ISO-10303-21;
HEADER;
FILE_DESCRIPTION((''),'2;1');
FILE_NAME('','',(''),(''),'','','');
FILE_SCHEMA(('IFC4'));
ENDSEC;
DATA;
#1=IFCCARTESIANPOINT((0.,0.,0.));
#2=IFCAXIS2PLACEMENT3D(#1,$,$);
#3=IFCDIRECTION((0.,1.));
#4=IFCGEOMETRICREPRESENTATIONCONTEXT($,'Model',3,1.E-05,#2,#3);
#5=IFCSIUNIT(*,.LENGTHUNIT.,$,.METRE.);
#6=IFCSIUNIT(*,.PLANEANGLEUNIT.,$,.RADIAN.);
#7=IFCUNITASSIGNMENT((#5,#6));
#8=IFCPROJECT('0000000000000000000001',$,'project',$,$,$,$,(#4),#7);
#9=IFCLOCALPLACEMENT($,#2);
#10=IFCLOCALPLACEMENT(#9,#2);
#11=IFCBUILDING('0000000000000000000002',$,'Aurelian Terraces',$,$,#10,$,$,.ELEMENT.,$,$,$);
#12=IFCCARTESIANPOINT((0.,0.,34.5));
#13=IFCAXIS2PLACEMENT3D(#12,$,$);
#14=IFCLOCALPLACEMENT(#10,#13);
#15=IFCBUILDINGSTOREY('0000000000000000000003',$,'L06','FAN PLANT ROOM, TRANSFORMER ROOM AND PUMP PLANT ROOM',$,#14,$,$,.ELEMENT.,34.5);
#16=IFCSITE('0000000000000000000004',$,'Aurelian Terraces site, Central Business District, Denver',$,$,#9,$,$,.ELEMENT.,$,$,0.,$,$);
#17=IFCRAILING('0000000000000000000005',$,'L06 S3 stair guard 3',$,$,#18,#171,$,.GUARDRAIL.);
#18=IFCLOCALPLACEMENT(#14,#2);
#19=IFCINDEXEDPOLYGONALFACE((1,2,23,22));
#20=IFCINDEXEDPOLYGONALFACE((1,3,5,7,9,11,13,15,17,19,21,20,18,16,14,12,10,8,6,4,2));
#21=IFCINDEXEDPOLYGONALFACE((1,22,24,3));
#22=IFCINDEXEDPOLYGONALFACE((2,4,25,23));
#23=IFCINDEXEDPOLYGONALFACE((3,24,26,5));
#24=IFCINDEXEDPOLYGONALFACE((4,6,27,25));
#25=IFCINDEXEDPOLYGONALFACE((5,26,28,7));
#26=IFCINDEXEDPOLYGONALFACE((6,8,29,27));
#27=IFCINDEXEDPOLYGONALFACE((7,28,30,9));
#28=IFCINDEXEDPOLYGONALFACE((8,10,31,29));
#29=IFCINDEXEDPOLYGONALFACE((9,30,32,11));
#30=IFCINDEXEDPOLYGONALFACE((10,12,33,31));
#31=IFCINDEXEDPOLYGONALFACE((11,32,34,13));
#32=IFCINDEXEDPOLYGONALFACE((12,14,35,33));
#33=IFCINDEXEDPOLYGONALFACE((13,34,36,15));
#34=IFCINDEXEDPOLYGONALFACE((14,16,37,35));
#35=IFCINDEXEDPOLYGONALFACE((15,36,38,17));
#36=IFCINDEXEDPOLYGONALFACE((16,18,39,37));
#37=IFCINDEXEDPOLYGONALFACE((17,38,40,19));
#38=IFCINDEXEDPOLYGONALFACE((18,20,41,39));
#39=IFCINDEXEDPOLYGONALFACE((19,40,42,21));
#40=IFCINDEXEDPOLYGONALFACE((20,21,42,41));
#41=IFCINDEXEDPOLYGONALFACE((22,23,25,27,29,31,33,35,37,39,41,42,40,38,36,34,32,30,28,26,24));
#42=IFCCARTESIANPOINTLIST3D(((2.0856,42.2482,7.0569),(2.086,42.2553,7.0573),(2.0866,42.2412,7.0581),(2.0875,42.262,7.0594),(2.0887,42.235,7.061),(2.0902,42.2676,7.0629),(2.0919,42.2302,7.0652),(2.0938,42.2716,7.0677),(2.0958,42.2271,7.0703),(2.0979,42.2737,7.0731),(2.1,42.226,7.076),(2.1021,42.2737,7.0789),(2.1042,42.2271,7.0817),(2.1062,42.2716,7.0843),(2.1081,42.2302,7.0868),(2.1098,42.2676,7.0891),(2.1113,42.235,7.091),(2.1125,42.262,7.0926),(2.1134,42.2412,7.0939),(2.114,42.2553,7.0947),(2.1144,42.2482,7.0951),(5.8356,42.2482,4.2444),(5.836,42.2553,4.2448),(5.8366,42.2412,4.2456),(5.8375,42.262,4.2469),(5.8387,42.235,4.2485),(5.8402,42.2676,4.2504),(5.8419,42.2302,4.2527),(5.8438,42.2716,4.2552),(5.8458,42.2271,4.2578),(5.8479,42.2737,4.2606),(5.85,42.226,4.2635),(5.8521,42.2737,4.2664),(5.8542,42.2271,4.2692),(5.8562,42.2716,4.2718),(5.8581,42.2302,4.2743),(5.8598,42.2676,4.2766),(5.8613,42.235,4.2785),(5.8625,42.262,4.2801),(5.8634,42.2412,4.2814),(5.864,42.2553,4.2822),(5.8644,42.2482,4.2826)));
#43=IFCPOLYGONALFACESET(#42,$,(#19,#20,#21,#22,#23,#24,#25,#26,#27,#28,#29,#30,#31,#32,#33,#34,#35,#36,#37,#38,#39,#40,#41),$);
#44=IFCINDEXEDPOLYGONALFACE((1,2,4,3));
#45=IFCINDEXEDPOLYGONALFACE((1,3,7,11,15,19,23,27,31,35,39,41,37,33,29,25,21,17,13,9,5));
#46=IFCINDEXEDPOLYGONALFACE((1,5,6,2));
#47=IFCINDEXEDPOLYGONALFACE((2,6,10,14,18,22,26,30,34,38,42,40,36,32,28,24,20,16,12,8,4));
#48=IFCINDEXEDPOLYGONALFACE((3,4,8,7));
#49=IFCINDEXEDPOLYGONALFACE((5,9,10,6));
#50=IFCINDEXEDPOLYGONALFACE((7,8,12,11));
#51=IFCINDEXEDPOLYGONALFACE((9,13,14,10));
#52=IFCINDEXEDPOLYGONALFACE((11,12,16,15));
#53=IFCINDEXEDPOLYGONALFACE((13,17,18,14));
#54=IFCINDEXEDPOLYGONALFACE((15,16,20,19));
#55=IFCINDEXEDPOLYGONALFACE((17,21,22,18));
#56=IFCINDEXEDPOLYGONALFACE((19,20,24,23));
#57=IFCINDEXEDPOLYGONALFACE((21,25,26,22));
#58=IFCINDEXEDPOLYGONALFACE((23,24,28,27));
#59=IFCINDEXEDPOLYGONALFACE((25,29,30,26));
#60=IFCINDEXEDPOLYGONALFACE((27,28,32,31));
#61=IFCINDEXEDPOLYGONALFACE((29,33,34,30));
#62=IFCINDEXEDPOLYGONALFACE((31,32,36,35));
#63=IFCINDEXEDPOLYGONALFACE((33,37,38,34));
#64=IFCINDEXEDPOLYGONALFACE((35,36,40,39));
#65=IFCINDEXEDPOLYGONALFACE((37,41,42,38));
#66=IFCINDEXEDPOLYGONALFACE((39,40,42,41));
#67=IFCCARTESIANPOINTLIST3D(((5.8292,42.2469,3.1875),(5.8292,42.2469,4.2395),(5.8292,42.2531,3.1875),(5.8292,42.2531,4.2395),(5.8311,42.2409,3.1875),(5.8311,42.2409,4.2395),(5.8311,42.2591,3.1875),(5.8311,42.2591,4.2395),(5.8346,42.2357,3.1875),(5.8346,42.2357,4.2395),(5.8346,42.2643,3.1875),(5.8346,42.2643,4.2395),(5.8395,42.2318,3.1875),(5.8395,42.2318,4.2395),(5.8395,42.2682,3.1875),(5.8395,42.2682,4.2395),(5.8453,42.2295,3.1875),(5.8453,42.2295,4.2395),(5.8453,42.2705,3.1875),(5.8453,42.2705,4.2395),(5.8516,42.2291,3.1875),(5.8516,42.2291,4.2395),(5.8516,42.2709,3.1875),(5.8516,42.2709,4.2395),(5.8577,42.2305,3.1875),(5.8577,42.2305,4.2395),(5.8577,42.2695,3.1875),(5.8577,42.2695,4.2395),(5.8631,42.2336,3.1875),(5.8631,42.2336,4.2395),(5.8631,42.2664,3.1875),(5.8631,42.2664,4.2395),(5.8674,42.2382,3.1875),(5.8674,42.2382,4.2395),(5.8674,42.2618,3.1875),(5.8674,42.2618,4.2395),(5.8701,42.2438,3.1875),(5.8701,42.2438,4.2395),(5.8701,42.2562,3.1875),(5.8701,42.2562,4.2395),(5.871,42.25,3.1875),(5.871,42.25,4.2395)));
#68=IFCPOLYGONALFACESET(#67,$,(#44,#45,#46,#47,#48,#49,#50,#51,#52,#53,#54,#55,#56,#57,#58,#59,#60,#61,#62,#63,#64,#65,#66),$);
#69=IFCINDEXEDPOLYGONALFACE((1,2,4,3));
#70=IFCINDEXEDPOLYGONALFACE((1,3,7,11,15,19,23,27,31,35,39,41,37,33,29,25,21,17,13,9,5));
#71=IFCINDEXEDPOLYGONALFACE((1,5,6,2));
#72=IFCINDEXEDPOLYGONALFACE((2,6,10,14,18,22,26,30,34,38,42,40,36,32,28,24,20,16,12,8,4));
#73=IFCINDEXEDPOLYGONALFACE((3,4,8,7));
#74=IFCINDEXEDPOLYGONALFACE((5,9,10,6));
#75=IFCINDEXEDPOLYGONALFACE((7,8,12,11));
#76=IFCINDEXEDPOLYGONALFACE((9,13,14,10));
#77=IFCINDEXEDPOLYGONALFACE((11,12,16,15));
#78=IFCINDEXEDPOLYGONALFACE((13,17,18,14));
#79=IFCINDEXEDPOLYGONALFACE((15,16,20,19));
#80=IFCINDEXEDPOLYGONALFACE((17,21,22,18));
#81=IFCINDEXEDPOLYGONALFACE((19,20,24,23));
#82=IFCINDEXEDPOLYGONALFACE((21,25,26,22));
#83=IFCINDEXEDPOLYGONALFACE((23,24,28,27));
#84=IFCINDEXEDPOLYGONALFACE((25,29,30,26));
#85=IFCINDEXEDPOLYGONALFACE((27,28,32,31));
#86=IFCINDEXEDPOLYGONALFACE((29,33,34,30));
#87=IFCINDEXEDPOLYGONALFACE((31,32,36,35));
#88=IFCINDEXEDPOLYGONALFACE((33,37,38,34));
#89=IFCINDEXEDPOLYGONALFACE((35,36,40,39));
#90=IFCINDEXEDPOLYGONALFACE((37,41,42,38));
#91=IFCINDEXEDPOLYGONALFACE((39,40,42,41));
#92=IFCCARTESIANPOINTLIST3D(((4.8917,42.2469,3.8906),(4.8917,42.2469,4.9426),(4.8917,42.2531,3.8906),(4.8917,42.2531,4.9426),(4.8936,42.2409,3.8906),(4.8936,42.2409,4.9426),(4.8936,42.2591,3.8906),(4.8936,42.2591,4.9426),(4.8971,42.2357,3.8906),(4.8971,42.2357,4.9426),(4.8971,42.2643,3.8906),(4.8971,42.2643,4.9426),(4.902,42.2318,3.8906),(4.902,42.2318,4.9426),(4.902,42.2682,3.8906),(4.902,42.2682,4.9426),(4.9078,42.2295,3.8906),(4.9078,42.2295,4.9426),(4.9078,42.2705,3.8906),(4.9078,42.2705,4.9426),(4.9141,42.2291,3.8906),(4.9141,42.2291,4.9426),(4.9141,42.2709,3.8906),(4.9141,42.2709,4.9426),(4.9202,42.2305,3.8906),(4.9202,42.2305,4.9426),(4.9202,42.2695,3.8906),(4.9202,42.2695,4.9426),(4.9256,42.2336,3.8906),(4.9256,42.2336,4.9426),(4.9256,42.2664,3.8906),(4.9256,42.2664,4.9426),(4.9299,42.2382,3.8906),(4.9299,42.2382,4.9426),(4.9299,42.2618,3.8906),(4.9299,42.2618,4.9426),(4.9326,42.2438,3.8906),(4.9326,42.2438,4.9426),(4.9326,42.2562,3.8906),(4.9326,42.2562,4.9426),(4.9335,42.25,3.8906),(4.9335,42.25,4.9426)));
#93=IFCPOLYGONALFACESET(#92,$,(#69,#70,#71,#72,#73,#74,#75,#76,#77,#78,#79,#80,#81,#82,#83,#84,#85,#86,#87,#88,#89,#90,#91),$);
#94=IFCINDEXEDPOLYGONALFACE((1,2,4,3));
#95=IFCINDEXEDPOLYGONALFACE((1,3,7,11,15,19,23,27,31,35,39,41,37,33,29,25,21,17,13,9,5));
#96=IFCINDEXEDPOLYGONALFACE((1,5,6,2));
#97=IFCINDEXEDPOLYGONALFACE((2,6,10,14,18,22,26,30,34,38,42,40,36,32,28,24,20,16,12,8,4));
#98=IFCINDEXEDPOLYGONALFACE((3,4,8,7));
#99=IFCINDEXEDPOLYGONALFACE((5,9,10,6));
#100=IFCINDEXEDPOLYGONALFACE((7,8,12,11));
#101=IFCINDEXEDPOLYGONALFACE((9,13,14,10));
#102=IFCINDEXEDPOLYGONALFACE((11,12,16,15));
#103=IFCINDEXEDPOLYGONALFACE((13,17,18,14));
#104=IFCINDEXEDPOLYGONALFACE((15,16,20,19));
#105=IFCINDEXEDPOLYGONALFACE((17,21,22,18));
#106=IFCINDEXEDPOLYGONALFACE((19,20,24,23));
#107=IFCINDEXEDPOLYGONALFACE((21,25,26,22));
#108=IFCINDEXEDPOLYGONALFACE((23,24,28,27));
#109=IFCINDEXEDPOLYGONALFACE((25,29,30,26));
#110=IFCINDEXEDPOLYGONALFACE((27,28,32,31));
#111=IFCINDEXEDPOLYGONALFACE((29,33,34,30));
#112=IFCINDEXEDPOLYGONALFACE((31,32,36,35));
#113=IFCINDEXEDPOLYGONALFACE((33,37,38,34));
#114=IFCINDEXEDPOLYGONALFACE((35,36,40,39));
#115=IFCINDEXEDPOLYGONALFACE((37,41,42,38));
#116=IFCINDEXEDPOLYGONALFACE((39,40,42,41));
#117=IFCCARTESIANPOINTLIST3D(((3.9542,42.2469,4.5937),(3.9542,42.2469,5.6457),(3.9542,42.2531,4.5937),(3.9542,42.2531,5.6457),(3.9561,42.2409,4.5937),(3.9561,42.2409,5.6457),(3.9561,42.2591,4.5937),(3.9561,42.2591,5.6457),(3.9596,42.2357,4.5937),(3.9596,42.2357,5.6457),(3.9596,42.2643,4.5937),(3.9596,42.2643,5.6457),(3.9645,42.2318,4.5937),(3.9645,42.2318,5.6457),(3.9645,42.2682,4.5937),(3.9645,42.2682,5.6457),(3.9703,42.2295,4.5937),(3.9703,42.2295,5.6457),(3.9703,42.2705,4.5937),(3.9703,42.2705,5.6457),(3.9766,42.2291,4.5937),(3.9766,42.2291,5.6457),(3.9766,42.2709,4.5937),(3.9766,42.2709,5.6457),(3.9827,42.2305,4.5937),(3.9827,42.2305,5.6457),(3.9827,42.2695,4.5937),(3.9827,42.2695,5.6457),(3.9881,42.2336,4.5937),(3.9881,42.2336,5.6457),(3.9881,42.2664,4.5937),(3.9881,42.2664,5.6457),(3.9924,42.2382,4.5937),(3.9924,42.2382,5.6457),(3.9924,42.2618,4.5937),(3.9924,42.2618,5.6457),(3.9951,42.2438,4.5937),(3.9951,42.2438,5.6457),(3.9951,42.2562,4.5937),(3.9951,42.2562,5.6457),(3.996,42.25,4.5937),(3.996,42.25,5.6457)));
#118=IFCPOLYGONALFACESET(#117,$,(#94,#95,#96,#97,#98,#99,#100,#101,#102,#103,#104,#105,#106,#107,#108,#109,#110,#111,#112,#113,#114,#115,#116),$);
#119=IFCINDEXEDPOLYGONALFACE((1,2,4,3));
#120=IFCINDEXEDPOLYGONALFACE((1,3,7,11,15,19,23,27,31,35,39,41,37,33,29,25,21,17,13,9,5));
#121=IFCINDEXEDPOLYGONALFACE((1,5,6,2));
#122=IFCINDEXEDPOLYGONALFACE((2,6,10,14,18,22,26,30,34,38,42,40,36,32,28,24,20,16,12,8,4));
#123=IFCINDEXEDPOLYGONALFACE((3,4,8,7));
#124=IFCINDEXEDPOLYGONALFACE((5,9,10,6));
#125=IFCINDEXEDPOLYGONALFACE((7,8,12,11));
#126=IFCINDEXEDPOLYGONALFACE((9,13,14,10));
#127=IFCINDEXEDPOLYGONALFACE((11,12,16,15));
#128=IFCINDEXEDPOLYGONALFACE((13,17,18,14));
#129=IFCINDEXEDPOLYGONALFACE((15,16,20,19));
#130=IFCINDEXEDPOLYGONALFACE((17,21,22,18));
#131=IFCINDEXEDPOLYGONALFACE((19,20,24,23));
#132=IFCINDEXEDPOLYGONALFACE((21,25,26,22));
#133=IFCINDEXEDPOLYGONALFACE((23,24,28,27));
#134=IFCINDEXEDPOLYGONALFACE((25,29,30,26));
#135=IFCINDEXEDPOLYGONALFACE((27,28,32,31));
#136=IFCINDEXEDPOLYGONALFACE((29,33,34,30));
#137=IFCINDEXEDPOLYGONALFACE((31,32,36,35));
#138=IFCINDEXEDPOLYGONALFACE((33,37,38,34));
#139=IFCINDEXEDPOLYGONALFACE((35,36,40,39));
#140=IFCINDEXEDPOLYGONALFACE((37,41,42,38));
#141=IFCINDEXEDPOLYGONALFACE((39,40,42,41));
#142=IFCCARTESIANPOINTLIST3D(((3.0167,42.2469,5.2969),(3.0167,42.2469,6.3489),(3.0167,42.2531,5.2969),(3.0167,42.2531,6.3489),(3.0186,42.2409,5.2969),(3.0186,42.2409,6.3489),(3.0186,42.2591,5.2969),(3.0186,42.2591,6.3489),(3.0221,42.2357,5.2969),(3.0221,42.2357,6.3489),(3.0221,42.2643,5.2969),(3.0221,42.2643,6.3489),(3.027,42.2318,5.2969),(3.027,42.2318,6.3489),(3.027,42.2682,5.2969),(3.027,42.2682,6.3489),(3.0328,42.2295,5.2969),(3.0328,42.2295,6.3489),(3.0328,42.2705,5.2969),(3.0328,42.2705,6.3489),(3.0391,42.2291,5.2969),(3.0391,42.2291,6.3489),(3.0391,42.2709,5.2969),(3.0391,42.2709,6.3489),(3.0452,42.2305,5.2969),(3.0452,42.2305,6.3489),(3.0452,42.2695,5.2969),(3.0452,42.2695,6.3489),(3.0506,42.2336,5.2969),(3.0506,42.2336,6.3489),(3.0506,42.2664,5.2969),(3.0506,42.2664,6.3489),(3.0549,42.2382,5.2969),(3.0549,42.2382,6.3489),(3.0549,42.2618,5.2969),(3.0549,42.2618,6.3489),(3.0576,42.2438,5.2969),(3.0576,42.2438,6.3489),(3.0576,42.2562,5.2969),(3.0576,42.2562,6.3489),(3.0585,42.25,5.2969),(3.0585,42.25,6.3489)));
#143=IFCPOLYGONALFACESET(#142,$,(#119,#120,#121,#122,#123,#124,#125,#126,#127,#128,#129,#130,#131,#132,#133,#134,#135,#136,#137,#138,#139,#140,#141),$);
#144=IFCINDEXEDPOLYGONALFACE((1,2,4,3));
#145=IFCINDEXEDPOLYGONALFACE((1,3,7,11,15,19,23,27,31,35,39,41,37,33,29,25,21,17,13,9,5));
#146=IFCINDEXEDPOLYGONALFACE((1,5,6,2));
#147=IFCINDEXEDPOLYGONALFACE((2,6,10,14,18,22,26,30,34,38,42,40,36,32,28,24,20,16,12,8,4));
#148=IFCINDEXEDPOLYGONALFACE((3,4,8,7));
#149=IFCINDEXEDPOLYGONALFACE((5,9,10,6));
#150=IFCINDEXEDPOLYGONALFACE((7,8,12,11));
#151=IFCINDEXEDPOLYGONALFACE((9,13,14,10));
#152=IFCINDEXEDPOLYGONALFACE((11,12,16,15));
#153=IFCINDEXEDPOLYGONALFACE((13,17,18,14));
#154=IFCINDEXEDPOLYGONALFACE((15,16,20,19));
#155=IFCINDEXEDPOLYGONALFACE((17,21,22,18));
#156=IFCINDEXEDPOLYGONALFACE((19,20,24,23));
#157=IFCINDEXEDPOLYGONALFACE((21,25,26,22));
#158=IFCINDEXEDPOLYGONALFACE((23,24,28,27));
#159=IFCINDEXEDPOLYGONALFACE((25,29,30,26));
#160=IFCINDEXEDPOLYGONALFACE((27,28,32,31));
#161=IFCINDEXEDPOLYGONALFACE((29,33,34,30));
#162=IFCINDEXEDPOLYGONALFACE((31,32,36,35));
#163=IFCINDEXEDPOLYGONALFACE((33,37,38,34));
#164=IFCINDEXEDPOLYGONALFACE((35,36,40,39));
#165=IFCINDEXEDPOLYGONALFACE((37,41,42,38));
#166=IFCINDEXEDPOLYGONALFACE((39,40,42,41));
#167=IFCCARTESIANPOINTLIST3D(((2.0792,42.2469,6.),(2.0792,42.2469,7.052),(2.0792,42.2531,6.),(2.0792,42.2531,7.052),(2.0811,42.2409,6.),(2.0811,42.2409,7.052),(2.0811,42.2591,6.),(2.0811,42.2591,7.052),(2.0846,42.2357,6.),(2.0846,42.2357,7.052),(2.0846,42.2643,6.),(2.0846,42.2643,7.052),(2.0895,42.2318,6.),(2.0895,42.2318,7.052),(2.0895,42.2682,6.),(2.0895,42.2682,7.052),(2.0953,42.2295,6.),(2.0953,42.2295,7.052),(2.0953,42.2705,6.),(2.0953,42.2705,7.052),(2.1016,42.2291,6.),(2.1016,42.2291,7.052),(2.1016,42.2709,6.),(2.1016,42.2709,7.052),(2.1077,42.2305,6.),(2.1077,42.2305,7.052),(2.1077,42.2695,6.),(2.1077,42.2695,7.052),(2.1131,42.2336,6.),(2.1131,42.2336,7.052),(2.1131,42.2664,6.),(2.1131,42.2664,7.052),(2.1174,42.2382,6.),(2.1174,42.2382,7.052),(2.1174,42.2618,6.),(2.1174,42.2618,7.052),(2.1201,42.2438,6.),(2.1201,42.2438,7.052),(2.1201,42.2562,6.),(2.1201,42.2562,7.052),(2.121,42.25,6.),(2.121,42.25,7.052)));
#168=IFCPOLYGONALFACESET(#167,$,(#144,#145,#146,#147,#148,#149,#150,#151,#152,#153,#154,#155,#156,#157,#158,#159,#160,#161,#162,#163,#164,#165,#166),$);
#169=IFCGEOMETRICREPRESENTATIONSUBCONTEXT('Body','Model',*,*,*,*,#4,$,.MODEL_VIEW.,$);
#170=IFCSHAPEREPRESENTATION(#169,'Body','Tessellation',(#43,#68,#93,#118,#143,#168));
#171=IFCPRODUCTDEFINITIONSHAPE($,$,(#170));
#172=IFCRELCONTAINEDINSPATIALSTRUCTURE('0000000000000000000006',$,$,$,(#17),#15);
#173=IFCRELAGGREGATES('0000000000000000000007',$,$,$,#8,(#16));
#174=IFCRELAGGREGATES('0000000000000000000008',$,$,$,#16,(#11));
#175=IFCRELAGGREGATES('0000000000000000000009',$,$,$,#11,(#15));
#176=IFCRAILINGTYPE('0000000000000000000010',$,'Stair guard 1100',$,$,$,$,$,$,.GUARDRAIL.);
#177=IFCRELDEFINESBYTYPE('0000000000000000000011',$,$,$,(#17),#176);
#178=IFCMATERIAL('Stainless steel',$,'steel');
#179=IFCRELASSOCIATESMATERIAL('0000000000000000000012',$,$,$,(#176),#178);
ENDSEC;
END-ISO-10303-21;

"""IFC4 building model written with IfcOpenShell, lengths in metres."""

from ifc_helpers import new_model, si_unit, direction, frame, origin, origin_2d, place, context, subcontext, project, spatial, circle, extrude, material, type_object, element, save


model = new_model("IFC4")

# Units and contexts
model_context = context("Model", 3, precision=1e-05, world=origin(), true_north=direction((0.0, 1.0)))
body_context = subcontext(model_context, "Body", "Model", "MODEL_VIEW")
ifc_project = project(units=[si_unit("LENGTHUNIT", "METRE"), si_unit("PLANEANGLEUNIT", "RADIAN")], contexts=[model_context])

# Site, building, storey
site_placement = place(None, origin())
site = spatial("IfcSite", under=ifc_project, at=site_placement, Name="Aurelian Terraces site, Central Business District, Denver", CompositionType="ELEMENT", RefElevation=0.0)
building_placement = place(site_placement, origin())
building = spatial("IfcBuilding", under=site, at=building_placement, Name="Aurelian Terraces", CompositionType="ELEMENT")
storey_placement = place(building_placement, frame((0.0, 0.0, 34.5)))
storey = spatial("IfcBuildingStorey", under=building, at=storey_placement, Name="L06", Description="FAN PLANT ROOM, TRANSFORMER ROOM AND PUMP PLANT ROOM", CompositionType="ELEMENT", Elevation=34.5)

# Railing
ifc_material_1 = material(Name="Stainless steel", Category="steel")
railing_type_1 = type_object("IfcRailingType", Name="Stair guard 1100", PredefinedType="GUARDRAIL", material=ifc_material_1)
railing_1_placement = place(storey_placement, frame((5.85, 42.25, 3.1875)))
element("IfcRailing", 1, at=railing_1_placement, inside=storey, type_object=railing_type_1, Name="L06 S3 stair guard 3", PredefinedType="GUARDRAIL", context=body_context, shape_type="SweptSolid", body=[
    extrude(circle(Radius=0.024, at=origin_2d()), frame((0.0, 0.0, 1.076), z_axis=(-0.8, 0.0, 0.6), x_axis=(0.0, -1.0, 0.0)), (0.0, 0.0, 1.0), 4.6875),
    extrude(circle(Radius=0.021, at=origin_2d()), origin(), (0.0, 0.0, 1.0), 1.052),
    extrude(circle(Radius=0.021, at=origin_2d()), frame((-0.9375, 0.0, 0.7031)), (0.0, 0.0, 1.0), 1.052),
    extrude(circle(Radius=0.021, at=origin_2d()), frame((-1.875, 0.0, 1.4062)), (0.0, 0.0, 1.0), 1.052),
    extrude(circle(Radius=0.021, at=origin_2d()), frame((-2.8125, 0.0, 2.1094)), (0.0, 0.0, 1.0), 1.052),
    extrude(circle(Radius=0.021, at=origin_2d()), frame((-3.75, 0.0, 2.8125)), (0.0, 0.0, 1.0), 1.052),
])

save(model, "model.ifc")
